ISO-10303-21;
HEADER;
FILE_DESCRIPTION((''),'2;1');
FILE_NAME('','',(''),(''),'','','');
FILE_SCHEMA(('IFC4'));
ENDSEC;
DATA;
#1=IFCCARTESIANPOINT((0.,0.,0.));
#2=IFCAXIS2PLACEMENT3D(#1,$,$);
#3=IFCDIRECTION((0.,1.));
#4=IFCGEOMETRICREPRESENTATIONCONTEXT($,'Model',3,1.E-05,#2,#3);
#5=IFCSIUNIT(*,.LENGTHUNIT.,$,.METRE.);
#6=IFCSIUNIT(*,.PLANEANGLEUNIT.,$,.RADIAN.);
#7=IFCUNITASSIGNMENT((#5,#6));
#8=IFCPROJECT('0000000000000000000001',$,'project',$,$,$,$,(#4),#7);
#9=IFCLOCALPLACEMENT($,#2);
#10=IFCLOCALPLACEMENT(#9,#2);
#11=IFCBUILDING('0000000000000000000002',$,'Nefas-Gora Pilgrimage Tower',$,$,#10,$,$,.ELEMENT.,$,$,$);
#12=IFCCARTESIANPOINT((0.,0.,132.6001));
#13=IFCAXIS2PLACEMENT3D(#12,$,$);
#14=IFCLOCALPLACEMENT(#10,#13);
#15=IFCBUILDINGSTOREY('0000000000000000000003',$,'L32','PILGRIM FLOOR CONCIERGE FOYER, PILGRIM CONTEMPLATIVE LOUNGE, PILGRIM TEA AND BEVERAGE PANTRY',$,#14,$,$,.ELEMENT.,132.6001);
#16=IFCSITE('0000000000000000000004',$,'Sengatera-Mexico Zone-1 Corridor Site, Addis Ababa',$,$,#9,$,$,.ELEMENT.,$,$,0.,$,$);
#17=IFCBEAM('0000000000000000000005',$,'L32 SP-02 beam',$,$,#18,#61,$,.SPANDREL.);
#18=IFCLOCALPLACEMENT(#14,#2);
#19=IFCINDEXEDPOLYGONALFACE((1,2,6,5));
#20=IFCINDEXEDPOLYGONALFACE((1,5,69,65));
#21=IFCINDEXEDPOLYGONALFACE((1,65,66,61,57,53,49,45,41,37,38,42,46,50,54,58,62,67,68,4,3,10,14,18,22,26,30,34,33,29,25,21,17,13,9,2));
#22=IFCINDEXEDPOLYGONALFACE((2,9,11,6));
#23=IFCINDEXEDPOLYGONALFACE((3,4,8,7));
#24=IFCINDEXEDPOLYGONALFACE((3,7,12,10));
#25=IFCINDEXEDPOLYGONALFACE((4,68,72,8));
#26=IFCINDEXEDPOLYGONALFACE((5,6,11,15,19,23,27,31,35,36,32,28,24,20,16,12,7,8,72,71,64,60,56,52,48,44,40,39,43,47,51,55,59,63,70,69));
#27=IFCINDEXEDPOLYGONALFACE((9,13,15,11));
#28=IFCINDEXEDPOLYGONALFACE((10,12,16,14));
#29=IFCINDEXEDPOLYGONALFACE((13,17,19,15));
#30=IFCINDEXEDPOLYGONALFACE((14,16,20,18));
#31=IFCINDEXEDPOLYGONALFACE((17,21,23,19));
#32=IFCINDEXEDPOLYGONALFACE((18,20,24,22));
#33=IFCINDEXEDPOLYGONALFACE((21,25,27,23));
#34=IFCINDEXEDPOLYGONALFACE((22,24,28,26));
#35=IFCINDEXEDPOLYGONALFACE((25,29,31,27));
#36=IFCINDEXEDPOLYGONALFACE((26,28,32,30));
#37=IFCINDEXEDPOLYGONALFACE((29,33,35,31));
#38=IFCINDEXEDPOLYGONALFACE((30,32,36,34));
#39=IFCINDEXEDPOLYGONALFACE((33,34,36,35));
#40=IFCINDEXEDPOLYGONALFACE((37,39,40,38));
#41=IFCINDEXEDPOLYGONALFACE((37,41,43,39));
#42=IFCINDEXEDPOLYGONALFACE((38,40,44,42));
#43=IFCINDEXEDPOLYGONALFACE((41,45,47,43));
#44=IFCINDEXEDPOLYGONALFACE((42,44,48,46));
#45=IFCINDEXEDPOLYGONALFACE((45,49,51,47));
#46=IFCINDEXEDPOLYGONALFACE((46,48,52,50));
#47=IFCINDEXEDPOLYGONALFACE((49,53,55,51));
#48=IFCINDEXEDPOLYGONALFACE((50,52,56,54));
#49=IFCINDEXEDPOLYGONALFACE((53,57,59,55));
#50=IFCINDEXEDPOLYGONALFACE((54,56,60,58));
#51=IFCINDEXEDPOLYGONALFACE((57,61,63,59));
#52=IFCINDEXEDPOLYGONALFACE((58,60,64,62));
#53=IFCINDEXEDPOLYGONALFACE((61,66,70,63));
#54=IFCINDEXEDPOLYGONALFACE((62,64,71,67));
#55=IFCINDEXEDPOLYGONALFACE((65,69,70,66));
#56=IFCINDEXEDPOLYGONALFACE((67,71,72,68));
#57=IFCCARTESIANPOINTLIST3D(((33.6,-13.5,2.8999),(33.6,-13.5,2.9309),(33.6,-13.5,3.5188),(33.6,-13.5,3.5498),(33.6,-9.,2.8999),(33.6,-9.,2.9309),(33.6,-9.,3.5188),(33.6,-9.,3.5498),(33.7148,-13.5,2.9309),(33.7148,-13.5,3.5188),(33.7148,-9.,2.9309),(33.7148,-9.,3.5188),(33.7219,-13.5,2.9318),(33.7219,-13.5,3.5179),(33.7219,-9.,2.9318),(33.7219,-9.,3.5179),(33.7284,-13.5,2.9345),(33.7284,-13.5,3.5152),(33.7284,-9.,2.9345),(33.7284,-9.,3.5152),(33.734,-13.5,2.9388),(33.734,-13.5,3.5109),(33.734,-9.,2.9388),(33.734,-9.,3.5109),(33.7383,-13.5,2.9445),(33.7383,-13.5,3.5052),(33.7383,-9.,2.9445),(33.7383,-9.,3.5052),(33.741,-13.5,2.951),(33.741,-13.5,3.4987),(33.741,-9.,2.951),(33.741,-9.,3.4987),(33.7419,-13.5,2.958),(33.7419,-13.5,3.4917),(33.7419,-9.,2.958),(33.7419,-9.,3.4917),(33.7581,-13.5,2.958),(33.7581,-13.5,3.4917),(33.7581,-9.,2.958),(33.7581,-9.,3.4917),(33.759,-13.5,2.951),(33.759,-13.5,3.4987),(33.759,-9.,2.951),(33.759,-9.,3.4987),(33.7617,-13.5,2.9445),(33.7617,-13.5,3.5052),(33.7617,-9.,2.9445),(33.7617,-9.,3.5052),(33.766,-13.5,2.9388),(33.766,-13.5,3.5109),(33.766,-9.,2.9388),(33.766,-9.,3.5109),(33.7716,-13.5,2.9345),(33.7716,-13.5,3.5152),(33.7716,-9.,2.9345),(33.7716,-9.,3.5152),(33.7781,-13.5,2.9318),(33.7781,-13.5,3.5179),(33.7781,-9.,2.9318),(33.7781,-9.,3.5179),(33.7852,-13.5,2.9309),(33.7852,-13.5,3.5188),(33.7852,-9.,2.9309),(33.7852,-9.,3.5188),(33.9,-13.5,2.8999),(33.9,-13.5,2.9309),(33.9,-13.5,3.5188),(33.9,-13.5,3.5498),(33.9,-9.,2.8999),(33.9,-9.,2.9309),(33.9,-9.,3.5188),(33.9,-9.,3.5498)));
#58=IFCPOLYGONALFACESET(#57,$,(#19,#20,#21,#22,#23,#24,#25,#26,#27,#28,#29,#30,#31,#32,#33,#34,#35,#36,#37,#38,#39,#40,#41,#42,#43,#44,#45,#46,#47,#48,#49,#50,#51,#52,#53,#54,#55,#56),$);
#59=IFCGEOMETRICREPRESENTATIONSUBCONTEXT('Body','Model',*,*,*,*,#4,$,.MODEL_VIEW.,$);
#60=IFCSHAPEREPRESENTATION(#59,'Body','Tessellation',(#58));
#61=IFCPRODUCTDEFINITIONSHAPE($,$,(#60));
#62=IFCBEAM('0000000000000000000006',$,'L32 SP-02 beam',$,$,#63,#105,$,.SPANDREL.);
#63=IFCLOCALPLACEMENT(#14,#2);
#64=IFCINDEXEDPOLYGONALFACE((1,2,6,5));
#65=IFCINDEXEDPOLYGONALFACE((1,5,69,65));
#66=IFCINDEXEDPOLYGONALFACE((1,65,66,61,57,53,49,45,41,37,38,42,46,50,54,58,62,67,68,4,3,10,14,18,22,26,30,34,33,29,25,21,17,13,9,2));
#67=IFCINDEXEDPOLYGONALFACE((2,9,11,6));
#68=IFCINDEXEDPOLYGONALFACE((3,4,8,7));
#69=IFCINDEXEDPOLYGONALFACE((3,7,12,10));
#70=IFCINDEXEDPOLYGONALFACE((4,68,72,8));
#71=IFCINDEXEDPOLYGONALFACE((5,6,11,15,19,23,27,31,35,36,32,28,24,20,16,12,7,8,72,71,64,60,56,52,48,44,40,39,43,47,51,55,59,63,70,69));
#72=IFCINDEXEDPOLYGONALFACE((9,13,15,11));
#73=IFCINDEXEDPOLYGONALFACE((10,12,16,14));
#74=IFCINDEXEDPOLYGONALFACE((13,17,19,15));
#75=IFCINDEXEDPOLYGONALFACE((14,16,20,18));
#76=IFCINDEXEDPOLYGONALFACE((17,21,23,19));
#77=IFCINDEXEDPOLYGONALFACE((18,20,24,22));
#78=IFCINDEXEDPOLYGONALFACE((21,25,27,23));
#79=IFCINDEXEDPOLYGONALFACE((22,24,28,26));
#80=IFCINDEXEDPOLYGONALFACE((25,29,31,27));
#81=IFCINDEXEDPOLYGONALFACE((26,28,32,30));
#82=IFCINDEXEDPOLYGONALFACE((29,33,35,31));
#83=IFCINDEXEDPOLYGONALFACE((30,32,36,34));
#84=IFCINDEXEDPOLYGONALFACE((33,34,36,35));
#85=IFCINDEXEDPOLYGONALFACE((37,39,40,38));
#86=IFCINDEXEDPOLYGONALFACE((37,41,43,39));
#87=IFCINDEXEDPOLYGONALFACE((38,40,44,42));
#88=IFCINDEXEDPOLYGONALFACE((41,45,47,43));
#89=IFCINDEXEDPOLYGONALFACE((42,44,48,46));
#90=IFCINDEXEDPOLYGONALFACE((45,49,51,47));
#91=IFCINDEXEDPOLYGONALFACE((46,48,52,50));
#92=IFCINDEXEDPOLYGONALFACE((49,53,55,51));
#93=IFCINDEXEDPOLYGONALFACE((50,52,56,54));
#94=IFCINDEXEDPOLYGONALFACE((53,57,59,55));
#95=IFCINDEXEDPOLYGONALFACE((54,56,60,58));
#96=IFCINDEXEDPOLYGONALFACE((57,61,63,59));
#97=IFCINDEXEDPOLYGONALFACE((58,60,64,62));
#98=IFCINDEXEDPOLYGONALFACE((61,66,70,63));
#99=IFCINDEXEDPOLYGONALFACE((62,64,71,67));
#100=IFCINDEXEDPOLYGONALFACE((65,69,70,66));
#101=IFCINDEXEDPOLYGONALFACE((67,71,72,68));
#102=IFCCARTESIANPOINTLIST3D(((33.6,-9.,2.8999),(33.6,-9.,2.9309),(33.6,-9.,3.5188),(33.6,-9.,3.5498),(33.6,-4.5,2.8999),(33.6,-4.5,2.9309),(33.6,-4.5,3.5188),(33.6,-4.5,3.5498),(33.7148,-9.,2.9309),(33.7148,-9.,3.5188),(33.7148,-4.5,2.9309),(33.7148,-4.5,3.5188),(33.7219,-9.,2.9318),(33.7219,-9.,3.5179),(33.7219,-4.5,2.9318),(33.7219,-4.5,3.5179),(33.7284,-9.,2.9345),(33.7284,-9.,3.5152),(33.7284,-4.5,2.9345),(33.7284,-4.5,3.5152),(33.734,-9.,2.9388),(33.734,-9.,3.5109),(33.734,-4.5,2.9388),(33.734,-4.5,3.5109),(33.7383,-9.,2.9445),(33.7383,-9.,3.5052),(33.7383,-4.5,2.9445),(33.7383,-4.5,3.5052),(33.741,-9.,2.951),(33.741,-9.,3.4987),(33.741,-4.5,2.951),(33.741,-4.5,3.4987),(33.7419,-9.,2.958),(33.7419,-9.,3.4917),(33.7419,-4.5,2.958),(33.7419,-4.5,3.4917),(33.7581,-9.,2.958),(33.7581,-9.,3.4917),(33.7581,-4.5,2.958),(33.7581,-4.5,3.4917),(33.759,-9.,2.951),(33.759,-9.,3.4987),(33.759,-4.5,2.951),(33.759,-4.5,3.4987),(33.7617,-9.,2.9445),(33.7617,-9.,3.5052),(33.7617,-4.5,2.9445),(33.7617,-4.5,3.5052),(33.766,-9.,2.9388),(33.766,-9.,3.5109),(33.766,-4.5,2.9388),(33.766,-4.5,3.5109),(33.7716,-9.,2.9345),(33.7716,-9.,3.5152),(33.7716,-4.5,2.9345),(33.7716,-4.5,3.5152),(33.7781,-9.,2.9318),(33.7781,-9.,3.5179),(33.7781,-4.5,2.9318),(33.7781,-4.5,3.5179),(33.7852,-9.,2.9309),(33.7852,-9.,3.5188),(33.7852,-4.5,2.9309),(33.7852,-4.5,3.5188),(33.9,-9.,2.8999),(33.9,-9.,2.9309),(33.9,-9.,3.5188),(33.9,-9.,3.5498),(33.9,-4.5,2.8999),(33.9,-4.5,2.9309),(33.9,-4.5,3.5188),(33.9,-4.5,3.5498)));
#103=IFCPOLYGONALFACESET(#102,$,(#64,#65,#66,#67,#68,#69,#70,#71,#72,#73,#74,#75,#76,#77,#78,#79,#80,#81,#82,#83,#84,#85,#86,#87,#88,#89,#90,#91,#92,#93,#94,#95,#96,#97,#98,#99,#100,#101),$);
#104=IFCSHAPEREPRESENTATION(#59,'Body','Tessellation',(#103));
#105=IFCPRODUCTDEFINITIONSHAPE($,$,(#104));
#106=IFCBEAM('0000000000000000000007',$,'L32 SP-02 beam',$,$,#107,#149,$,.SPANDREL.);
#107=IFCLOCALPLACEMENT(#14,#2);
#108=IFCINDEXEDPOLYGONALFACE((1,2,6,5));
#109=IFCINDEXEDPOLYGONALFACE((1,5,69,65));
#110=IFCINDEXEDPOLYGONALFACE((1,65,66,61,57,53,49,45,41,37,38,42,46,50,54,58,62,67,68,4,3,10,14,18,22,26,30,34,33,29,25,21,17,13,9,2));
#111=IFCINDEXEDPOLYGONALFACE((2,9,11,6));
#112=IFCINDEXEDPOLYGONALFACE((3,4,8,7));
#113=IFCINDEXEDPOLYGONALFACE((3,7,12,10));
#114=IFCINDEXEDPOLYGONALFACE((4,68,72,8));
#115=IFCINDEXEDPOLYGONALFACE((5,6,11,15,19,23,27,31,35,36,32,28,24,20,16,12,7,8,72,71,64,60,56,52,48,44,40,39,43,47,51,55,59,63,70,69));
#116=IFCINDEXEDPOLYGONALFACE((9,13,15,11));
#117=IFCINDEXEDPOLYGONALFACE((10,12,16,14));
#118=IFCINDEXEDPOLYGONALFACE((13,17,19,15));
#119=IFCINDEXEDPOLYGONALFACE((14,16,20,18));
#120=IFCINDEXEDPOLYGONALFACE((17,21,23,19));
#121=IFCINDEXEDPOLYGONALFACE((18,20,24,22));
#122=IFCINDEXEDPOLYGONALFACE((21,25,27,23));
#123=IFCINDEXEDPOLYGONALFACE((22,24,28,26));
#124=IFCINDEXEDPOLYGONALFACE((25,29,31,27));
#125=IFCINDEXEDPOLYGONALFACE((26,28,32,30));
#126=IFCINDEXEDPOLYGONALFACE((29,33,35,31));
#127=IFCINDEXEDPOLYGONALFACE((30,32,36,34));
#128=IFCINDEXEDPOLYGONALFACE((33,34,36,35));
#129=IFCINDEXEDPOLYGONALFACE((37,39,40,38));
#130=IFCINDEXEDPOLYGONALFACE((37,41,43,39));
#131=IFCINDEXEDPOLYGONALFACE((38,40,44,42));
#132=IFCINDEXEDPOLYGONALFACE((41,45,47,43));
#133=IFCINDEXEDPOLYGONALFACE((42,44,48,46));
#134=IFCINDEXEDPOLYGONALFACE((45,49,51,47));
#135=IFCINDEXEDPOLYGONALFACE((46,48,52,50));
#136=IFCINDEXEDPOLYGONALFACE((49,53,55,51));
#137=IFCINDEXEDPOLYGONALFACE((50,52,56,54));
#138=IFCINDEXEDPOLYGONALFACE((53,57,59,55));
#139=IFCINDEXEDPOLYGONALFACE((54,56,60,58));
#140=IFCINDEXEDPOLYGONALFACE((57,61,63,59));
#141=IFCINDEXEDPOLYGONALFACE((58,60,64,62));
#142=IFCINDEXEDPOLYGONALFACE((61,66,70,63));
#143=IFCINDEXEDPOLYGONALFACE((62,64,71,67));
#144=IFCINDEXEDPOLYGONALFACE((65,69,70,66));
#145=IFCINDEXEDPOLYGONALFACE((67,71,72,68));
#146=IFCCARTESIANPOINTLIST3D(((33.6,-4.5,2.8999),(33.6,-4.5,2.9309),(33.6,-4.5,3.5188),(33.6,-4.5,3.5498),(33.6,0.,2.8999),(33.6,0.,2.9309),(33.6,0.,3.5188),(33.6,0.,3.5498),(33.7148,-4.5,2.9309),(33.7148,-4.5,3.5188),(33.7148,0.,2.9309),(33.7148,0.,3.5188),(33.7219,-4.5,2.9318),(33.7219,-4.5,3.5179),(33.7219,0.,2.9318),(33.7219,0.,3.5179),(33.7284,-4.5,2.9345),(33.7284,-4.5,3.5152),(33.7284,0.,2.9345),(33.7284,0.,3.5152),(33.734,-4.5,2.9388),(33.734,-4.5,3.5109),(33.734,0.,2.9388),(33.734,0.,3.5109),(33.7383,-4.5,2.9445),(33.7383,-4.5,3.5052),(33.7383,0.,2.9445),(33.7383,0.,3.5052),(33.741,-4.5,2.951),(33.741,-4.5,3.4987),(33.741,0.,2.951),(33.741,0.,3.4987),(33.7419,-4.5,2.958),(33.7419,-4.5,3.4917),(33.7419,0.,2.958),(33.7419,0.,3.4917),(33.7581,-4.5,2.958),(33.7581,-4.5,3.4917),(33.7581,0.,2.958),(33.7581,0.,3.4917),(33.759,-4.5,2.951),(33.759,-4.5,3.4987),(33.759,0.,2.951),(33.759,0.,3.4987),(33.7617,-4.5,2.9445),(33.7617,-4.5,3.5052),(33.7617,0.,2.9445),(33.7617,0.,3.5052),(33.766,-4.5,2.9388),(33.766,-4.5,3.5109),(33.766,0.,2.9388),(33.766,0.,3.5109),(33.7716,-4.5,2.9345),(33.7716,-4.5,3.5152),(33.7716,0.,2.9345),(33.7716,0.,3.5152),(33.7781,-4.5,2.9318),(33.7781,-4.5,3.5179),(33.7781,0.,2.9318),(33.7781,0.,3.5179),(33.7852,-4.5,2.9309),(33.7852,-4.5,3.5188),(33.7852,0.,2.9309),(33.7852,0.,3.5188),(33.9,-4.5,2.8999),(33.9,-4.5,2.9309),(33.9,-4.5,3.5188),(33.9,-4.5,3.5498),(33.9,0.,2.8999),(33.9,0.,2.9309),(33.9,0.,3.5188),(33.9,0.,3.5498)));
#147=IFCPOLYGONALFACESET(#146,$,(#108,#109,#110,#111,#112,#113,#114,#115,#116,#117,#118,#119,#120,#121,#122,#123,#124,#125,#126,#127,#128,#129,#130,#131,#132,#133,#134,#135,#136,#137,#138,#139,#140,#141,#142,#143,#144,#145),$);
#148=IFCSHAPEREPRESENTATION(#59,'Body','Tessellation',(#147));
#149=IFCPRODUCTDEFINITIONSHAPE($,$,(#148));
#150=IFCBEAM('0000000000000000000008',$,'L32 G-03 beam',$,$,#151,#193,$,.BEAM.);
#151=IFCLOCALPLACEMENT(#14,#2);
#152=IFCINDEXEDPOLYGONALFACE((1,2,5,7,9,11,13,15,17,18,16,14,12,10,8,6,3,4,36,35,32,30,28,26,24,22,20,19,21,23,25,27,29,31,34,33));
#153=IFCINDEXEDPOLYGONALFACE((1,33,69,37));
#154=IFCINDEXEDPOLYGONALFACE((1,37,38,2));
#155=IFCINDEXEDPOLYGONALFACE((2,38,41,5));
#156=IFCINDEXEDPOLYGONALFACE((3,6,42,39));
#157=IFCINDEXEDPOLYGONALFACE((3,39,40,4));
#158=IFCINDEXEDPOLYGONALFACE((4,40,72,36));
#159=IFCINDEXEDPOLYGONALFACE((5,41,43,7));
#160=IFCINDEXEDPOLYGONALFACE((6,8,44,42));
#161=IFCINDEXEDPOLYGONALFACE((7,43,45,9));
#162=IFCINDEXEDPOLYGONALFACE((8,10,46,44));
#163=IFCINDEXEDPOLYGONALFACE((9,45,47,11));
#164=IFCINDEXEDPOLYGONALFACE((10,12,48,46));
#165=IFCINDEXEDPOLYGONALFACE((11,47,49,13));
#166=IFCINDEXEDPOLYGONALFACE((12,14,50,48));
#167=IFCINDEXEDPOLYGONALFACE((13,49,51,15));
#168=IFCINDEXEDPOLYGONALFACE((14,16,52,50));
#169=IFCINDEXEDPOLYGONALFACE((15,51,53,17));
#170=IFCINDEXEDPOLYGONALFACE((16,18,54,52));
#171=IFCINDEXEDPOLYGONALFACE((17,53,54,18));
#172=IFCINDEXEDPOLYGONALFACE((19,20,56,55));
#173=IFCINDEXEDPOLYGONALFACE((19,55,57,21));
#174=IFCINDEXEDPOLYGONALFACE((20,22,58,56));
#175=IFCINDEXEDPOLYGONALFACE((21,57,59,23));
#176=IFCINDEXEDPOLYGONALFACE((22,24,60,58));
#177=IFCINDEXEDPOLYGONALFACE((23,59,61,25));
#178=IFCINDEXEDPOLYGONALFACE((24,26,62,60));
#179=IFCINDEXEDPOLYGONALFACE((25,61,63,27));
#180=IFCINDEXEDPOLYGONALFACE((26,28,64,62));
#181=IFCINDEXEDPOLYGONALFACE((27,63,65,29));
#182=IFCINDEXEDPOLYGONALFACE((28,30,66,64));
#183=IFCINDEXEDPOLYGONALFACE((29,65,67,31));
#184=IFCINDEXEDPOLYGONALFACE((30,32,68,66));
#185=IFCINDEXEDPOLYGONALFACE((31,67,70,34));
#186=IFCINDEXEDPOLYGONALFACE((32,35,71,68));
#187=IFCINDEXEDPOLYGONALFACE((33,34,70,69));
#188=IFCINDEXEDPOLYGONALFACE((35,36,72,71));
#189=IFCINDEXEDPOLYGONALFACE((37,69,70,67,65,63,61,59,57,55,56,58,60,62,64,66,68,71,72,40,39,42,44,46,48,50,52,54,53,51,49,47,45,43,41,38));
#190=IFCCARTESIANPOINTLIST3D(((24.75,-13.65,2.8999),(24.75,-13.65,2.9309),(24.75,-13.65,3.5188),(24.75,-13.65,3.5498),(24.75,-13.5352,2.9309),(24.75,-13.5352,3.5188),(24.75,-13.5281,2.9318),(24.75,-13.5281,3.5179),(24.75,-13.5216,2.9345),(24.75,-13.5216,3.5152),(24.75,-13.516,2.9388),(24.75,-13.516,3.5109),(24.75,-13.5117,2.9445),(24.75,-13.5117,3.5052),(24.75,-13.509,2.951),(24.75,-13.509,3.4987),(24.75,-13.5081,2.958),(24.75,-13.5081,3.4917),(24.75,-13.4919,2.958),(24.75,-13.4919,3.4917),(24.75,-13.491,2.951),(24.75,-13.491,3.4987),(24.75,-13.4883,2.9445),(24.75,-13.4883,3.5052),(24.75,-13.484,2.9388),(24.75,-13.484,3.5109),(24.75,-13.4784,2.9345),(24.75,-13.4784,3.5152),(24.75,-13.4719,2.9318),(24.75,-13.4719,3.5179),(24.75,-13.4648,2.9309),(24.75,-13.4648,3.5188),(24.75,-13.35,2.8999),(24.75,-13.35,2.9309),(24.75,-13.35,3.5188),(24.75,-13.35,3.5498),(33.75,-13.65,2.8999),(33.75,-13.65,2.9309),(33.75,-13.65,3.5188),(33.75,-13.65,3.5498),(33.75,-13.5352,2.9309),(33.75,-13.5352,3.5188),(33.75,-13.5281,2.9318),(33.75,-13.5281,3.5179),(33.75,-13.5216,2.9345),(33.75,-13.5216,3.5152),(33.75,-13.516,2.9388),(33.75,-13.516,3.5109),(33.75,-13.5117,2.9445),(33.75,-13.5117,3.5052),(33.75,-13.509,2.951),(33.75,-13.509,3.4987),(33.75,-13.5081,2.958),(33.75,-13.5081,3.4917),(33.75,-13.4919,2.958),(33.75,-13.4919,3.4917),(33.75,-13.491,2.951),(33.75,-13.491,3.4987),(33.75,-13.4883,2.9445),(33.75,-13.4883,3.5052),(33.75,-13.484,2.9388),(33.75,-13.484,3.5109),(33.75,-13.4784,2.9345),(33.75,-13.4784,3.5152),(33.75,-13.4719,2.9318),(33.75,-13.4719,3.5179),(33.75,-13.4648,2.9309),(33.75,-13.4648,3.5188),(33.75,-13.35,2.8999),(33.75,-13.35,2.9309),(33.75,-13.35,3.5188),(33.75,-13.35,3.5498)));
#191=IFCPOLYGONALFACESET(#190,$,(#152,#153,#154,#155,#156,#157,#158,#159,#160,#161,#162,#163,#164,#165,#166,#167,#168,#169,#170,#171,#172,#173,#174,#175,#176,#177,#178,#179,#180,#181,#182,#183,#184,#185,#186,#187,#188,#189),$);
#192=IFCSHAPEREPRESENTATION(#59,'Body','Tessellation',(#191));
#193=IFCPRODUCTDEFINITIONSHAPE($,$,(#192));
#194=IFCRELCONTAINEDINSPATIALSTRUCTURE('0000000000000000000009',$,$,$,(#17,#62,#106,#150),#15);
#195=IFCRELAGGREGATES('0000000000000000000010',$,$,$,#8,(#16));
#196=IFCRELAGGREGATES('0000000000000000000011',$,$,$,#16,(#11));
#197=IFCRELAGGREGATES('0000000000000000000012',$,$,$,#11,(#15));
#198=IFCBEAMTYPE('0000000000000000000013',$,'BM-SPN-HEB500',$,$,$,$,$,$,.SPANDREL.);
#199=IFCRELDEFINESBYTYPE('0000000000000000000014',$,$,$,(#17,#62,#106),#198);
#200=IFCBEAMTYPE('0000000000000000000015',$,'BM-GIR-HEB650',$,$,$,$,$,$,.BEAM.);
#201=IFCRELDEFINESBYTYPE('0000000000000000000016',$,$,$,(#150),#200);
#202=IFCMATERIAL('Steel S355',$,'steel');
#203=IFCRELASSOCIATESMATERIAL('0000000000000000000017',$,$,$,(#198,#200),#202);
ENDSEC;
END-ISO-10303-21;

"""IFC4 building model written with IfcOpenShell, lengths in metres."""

from ifc_helpers import new_model, si_unit, direction, frame, origin, origin_2d, place, context, subcontext, project, spatial, i_section, extrude, source, transform, mapped, material, material_profile, profile_set, type_object, element, save


model = new_model("IFC4")

# Units and contexts
model_context = context("Model", 3, precision=1e-05, world=origin(), true_north=direction((0.0, 1.0)))
body_context = subcontext(model_context, "Body", "Model", "MODEL_VIEW")
ifc_project = project(units=[si_unit("LENGTHUNIT", "METRE"), si_unit("PLANEANGLEUNIT", "RADIAN")], contexts=[model_context])

# Site, building, storey
site_placement = place(None, origin())
site = spatial("IfcSite", under=ifc_project, at=site_placement, Name="Sengatera-Mexico Zone-1 Corridor Site, Addis Ababa", CompositionType="ELEMENT", RefElevation=0.0)
building_placement = place(site_placement, origin())
building = spatial("IfcBuilding", under=site, at=building_placement, Name="Nefas-Gora Pilgrimage Tower", CompositionType="ELEMENT")
storey_placement = place(building_placement, frame((0.0, 0.0, 132.6001)))
storey = spatial("IfcBuildingStorey", under=building, at=storey_placement, Name="L32", Description="PILGRIM FLOOR CONCIERGE FOYER, PILGRIM CONTEMPLATIVE LOUNGE, PILGRIM TEA AND BEVERAGE PANTRY", CompositionType="ELEMENT", Elevation=132.6001)

# Beams
ifc_material_1 = material(Name="Steel S355", Category="steel")
ifc_material_profile_1 = material_profile(ifc_material_1, i_section(OverallWidth=0.3, OverallDepth=0.6499, WebThickness=0.0161, FlangeThickness=0.031, FilletRadius=0.0271, at=origin_2d()), Name="HEB 650")
ifc_profile_set_1 = profile_set([ifc_material_profile_1], Name="Steel S355")
beam_type_1 = type_object("IfcBeamType", Name="BM-SPN-HEB500", PredefinedType="SPANDREL", material=ifc_profile_set_1)
shared_shape_1 = source(origin(), body_context, "Body", "SweptSolid", [
    extrude(i_section(OverallWidth=0.3, OverallDepth=0.6499, WebThickness=0.0161, FlangeThickness=0.031, FilletRadius=0.0271, at=origin_2d()), origin(), (0.0, 0.0, 1.0), 4.5),
])
for number, where, z_axis, x_axis, name in (
    (1, (33.75, -13.5, 3.2249), (0.0, 1.0, 0.0), (-1.0, 0.0, 0.0), "L32 SP-02 beam"),
    (2, (33.75, -9.0, 3.2249), (0.0, 1.0, 0.0), (-1.0, 0.0, 0.0), "L32 SP-02 beam"),
    (3, (33.75, -4.5, 3.2249), (0.0, 1.0, 0.0), (-1.0, 0.0, 0.0), "L32 SP-02 beam"),
):
    element("IfcBeam", number, at=place(storey_placement, frame(where, z_axis=z_axis, x_axis=x_axis)), inside=storey, type_object=beam_type_1, Name=name, PredefinedType="SPANDREL", context=body_context, shape_type="MappedRepresentation", body=[
        mapped(shared_shape_1, transform((0.0, 0.0, 0.0), x_axis=(1.0, 0.0, 0.0), y_axis=(0.0, 1.0, 0.0), z_axis=(0.0, 0.0, 1.0), scale=1.0)),
    ])
ifc_material_profile_2 = material_profile(ifc_material_1, i_section(OverallWidth=0.3, OverallDepth=0.6499, WebThickness=0.0161, FlangeThickness=0.031, FilletRadius=0.0271, at=origin_2d()), Name="HEB 650")
ifc_profile_set_2 = profile_set([ifc_material_profile_2], Name="Steel S355")
beam_type_2 = type_object("IfcBeamType", Name="BM-GIR-HEB650", PredefinedType="BEAM", material=ifc_profile_set_2)
shared_shape_2 = source(origin(), body_context, "Body", "SweptSolid", [
    extrude(i_section(OverallWidth=0.3, OverallDepth=0.6499, WebThickness=0.0161, FlangeThickness=0.031, FilletRadius=0.0271, at=origin_2d()), origin(), (0.0, 0.0, 1.0), 9.0),
])
for number, where, z_axis, x_axis, name in (
    (4, (24.75, -13.5, 3.2249), (1.0, 0.0, 0.0), (0.0, 1.0, 0.0), "L32 G-03 beam"),
):
    element("IfcBeam", number, at=place(storey_placement, frame(where, z_axis=z_axis, x_axis=x_axis)), inside=storey, type_object=beam_type_2, Name=name, PredefinedType="BEAM", context=body_context, shape_type="MappedRepresentation", body=[
        mapped(shared_shape_2, transform((0.0, 0.0, 0.0), x_axis=(1.0, 0.0, 0.0), y_axis=(0.0, 1.0, 0.0), z_axis=(0.0, 0.0, 1.0), scale=1.0)),
    ])

save(model, "model.ifc")
